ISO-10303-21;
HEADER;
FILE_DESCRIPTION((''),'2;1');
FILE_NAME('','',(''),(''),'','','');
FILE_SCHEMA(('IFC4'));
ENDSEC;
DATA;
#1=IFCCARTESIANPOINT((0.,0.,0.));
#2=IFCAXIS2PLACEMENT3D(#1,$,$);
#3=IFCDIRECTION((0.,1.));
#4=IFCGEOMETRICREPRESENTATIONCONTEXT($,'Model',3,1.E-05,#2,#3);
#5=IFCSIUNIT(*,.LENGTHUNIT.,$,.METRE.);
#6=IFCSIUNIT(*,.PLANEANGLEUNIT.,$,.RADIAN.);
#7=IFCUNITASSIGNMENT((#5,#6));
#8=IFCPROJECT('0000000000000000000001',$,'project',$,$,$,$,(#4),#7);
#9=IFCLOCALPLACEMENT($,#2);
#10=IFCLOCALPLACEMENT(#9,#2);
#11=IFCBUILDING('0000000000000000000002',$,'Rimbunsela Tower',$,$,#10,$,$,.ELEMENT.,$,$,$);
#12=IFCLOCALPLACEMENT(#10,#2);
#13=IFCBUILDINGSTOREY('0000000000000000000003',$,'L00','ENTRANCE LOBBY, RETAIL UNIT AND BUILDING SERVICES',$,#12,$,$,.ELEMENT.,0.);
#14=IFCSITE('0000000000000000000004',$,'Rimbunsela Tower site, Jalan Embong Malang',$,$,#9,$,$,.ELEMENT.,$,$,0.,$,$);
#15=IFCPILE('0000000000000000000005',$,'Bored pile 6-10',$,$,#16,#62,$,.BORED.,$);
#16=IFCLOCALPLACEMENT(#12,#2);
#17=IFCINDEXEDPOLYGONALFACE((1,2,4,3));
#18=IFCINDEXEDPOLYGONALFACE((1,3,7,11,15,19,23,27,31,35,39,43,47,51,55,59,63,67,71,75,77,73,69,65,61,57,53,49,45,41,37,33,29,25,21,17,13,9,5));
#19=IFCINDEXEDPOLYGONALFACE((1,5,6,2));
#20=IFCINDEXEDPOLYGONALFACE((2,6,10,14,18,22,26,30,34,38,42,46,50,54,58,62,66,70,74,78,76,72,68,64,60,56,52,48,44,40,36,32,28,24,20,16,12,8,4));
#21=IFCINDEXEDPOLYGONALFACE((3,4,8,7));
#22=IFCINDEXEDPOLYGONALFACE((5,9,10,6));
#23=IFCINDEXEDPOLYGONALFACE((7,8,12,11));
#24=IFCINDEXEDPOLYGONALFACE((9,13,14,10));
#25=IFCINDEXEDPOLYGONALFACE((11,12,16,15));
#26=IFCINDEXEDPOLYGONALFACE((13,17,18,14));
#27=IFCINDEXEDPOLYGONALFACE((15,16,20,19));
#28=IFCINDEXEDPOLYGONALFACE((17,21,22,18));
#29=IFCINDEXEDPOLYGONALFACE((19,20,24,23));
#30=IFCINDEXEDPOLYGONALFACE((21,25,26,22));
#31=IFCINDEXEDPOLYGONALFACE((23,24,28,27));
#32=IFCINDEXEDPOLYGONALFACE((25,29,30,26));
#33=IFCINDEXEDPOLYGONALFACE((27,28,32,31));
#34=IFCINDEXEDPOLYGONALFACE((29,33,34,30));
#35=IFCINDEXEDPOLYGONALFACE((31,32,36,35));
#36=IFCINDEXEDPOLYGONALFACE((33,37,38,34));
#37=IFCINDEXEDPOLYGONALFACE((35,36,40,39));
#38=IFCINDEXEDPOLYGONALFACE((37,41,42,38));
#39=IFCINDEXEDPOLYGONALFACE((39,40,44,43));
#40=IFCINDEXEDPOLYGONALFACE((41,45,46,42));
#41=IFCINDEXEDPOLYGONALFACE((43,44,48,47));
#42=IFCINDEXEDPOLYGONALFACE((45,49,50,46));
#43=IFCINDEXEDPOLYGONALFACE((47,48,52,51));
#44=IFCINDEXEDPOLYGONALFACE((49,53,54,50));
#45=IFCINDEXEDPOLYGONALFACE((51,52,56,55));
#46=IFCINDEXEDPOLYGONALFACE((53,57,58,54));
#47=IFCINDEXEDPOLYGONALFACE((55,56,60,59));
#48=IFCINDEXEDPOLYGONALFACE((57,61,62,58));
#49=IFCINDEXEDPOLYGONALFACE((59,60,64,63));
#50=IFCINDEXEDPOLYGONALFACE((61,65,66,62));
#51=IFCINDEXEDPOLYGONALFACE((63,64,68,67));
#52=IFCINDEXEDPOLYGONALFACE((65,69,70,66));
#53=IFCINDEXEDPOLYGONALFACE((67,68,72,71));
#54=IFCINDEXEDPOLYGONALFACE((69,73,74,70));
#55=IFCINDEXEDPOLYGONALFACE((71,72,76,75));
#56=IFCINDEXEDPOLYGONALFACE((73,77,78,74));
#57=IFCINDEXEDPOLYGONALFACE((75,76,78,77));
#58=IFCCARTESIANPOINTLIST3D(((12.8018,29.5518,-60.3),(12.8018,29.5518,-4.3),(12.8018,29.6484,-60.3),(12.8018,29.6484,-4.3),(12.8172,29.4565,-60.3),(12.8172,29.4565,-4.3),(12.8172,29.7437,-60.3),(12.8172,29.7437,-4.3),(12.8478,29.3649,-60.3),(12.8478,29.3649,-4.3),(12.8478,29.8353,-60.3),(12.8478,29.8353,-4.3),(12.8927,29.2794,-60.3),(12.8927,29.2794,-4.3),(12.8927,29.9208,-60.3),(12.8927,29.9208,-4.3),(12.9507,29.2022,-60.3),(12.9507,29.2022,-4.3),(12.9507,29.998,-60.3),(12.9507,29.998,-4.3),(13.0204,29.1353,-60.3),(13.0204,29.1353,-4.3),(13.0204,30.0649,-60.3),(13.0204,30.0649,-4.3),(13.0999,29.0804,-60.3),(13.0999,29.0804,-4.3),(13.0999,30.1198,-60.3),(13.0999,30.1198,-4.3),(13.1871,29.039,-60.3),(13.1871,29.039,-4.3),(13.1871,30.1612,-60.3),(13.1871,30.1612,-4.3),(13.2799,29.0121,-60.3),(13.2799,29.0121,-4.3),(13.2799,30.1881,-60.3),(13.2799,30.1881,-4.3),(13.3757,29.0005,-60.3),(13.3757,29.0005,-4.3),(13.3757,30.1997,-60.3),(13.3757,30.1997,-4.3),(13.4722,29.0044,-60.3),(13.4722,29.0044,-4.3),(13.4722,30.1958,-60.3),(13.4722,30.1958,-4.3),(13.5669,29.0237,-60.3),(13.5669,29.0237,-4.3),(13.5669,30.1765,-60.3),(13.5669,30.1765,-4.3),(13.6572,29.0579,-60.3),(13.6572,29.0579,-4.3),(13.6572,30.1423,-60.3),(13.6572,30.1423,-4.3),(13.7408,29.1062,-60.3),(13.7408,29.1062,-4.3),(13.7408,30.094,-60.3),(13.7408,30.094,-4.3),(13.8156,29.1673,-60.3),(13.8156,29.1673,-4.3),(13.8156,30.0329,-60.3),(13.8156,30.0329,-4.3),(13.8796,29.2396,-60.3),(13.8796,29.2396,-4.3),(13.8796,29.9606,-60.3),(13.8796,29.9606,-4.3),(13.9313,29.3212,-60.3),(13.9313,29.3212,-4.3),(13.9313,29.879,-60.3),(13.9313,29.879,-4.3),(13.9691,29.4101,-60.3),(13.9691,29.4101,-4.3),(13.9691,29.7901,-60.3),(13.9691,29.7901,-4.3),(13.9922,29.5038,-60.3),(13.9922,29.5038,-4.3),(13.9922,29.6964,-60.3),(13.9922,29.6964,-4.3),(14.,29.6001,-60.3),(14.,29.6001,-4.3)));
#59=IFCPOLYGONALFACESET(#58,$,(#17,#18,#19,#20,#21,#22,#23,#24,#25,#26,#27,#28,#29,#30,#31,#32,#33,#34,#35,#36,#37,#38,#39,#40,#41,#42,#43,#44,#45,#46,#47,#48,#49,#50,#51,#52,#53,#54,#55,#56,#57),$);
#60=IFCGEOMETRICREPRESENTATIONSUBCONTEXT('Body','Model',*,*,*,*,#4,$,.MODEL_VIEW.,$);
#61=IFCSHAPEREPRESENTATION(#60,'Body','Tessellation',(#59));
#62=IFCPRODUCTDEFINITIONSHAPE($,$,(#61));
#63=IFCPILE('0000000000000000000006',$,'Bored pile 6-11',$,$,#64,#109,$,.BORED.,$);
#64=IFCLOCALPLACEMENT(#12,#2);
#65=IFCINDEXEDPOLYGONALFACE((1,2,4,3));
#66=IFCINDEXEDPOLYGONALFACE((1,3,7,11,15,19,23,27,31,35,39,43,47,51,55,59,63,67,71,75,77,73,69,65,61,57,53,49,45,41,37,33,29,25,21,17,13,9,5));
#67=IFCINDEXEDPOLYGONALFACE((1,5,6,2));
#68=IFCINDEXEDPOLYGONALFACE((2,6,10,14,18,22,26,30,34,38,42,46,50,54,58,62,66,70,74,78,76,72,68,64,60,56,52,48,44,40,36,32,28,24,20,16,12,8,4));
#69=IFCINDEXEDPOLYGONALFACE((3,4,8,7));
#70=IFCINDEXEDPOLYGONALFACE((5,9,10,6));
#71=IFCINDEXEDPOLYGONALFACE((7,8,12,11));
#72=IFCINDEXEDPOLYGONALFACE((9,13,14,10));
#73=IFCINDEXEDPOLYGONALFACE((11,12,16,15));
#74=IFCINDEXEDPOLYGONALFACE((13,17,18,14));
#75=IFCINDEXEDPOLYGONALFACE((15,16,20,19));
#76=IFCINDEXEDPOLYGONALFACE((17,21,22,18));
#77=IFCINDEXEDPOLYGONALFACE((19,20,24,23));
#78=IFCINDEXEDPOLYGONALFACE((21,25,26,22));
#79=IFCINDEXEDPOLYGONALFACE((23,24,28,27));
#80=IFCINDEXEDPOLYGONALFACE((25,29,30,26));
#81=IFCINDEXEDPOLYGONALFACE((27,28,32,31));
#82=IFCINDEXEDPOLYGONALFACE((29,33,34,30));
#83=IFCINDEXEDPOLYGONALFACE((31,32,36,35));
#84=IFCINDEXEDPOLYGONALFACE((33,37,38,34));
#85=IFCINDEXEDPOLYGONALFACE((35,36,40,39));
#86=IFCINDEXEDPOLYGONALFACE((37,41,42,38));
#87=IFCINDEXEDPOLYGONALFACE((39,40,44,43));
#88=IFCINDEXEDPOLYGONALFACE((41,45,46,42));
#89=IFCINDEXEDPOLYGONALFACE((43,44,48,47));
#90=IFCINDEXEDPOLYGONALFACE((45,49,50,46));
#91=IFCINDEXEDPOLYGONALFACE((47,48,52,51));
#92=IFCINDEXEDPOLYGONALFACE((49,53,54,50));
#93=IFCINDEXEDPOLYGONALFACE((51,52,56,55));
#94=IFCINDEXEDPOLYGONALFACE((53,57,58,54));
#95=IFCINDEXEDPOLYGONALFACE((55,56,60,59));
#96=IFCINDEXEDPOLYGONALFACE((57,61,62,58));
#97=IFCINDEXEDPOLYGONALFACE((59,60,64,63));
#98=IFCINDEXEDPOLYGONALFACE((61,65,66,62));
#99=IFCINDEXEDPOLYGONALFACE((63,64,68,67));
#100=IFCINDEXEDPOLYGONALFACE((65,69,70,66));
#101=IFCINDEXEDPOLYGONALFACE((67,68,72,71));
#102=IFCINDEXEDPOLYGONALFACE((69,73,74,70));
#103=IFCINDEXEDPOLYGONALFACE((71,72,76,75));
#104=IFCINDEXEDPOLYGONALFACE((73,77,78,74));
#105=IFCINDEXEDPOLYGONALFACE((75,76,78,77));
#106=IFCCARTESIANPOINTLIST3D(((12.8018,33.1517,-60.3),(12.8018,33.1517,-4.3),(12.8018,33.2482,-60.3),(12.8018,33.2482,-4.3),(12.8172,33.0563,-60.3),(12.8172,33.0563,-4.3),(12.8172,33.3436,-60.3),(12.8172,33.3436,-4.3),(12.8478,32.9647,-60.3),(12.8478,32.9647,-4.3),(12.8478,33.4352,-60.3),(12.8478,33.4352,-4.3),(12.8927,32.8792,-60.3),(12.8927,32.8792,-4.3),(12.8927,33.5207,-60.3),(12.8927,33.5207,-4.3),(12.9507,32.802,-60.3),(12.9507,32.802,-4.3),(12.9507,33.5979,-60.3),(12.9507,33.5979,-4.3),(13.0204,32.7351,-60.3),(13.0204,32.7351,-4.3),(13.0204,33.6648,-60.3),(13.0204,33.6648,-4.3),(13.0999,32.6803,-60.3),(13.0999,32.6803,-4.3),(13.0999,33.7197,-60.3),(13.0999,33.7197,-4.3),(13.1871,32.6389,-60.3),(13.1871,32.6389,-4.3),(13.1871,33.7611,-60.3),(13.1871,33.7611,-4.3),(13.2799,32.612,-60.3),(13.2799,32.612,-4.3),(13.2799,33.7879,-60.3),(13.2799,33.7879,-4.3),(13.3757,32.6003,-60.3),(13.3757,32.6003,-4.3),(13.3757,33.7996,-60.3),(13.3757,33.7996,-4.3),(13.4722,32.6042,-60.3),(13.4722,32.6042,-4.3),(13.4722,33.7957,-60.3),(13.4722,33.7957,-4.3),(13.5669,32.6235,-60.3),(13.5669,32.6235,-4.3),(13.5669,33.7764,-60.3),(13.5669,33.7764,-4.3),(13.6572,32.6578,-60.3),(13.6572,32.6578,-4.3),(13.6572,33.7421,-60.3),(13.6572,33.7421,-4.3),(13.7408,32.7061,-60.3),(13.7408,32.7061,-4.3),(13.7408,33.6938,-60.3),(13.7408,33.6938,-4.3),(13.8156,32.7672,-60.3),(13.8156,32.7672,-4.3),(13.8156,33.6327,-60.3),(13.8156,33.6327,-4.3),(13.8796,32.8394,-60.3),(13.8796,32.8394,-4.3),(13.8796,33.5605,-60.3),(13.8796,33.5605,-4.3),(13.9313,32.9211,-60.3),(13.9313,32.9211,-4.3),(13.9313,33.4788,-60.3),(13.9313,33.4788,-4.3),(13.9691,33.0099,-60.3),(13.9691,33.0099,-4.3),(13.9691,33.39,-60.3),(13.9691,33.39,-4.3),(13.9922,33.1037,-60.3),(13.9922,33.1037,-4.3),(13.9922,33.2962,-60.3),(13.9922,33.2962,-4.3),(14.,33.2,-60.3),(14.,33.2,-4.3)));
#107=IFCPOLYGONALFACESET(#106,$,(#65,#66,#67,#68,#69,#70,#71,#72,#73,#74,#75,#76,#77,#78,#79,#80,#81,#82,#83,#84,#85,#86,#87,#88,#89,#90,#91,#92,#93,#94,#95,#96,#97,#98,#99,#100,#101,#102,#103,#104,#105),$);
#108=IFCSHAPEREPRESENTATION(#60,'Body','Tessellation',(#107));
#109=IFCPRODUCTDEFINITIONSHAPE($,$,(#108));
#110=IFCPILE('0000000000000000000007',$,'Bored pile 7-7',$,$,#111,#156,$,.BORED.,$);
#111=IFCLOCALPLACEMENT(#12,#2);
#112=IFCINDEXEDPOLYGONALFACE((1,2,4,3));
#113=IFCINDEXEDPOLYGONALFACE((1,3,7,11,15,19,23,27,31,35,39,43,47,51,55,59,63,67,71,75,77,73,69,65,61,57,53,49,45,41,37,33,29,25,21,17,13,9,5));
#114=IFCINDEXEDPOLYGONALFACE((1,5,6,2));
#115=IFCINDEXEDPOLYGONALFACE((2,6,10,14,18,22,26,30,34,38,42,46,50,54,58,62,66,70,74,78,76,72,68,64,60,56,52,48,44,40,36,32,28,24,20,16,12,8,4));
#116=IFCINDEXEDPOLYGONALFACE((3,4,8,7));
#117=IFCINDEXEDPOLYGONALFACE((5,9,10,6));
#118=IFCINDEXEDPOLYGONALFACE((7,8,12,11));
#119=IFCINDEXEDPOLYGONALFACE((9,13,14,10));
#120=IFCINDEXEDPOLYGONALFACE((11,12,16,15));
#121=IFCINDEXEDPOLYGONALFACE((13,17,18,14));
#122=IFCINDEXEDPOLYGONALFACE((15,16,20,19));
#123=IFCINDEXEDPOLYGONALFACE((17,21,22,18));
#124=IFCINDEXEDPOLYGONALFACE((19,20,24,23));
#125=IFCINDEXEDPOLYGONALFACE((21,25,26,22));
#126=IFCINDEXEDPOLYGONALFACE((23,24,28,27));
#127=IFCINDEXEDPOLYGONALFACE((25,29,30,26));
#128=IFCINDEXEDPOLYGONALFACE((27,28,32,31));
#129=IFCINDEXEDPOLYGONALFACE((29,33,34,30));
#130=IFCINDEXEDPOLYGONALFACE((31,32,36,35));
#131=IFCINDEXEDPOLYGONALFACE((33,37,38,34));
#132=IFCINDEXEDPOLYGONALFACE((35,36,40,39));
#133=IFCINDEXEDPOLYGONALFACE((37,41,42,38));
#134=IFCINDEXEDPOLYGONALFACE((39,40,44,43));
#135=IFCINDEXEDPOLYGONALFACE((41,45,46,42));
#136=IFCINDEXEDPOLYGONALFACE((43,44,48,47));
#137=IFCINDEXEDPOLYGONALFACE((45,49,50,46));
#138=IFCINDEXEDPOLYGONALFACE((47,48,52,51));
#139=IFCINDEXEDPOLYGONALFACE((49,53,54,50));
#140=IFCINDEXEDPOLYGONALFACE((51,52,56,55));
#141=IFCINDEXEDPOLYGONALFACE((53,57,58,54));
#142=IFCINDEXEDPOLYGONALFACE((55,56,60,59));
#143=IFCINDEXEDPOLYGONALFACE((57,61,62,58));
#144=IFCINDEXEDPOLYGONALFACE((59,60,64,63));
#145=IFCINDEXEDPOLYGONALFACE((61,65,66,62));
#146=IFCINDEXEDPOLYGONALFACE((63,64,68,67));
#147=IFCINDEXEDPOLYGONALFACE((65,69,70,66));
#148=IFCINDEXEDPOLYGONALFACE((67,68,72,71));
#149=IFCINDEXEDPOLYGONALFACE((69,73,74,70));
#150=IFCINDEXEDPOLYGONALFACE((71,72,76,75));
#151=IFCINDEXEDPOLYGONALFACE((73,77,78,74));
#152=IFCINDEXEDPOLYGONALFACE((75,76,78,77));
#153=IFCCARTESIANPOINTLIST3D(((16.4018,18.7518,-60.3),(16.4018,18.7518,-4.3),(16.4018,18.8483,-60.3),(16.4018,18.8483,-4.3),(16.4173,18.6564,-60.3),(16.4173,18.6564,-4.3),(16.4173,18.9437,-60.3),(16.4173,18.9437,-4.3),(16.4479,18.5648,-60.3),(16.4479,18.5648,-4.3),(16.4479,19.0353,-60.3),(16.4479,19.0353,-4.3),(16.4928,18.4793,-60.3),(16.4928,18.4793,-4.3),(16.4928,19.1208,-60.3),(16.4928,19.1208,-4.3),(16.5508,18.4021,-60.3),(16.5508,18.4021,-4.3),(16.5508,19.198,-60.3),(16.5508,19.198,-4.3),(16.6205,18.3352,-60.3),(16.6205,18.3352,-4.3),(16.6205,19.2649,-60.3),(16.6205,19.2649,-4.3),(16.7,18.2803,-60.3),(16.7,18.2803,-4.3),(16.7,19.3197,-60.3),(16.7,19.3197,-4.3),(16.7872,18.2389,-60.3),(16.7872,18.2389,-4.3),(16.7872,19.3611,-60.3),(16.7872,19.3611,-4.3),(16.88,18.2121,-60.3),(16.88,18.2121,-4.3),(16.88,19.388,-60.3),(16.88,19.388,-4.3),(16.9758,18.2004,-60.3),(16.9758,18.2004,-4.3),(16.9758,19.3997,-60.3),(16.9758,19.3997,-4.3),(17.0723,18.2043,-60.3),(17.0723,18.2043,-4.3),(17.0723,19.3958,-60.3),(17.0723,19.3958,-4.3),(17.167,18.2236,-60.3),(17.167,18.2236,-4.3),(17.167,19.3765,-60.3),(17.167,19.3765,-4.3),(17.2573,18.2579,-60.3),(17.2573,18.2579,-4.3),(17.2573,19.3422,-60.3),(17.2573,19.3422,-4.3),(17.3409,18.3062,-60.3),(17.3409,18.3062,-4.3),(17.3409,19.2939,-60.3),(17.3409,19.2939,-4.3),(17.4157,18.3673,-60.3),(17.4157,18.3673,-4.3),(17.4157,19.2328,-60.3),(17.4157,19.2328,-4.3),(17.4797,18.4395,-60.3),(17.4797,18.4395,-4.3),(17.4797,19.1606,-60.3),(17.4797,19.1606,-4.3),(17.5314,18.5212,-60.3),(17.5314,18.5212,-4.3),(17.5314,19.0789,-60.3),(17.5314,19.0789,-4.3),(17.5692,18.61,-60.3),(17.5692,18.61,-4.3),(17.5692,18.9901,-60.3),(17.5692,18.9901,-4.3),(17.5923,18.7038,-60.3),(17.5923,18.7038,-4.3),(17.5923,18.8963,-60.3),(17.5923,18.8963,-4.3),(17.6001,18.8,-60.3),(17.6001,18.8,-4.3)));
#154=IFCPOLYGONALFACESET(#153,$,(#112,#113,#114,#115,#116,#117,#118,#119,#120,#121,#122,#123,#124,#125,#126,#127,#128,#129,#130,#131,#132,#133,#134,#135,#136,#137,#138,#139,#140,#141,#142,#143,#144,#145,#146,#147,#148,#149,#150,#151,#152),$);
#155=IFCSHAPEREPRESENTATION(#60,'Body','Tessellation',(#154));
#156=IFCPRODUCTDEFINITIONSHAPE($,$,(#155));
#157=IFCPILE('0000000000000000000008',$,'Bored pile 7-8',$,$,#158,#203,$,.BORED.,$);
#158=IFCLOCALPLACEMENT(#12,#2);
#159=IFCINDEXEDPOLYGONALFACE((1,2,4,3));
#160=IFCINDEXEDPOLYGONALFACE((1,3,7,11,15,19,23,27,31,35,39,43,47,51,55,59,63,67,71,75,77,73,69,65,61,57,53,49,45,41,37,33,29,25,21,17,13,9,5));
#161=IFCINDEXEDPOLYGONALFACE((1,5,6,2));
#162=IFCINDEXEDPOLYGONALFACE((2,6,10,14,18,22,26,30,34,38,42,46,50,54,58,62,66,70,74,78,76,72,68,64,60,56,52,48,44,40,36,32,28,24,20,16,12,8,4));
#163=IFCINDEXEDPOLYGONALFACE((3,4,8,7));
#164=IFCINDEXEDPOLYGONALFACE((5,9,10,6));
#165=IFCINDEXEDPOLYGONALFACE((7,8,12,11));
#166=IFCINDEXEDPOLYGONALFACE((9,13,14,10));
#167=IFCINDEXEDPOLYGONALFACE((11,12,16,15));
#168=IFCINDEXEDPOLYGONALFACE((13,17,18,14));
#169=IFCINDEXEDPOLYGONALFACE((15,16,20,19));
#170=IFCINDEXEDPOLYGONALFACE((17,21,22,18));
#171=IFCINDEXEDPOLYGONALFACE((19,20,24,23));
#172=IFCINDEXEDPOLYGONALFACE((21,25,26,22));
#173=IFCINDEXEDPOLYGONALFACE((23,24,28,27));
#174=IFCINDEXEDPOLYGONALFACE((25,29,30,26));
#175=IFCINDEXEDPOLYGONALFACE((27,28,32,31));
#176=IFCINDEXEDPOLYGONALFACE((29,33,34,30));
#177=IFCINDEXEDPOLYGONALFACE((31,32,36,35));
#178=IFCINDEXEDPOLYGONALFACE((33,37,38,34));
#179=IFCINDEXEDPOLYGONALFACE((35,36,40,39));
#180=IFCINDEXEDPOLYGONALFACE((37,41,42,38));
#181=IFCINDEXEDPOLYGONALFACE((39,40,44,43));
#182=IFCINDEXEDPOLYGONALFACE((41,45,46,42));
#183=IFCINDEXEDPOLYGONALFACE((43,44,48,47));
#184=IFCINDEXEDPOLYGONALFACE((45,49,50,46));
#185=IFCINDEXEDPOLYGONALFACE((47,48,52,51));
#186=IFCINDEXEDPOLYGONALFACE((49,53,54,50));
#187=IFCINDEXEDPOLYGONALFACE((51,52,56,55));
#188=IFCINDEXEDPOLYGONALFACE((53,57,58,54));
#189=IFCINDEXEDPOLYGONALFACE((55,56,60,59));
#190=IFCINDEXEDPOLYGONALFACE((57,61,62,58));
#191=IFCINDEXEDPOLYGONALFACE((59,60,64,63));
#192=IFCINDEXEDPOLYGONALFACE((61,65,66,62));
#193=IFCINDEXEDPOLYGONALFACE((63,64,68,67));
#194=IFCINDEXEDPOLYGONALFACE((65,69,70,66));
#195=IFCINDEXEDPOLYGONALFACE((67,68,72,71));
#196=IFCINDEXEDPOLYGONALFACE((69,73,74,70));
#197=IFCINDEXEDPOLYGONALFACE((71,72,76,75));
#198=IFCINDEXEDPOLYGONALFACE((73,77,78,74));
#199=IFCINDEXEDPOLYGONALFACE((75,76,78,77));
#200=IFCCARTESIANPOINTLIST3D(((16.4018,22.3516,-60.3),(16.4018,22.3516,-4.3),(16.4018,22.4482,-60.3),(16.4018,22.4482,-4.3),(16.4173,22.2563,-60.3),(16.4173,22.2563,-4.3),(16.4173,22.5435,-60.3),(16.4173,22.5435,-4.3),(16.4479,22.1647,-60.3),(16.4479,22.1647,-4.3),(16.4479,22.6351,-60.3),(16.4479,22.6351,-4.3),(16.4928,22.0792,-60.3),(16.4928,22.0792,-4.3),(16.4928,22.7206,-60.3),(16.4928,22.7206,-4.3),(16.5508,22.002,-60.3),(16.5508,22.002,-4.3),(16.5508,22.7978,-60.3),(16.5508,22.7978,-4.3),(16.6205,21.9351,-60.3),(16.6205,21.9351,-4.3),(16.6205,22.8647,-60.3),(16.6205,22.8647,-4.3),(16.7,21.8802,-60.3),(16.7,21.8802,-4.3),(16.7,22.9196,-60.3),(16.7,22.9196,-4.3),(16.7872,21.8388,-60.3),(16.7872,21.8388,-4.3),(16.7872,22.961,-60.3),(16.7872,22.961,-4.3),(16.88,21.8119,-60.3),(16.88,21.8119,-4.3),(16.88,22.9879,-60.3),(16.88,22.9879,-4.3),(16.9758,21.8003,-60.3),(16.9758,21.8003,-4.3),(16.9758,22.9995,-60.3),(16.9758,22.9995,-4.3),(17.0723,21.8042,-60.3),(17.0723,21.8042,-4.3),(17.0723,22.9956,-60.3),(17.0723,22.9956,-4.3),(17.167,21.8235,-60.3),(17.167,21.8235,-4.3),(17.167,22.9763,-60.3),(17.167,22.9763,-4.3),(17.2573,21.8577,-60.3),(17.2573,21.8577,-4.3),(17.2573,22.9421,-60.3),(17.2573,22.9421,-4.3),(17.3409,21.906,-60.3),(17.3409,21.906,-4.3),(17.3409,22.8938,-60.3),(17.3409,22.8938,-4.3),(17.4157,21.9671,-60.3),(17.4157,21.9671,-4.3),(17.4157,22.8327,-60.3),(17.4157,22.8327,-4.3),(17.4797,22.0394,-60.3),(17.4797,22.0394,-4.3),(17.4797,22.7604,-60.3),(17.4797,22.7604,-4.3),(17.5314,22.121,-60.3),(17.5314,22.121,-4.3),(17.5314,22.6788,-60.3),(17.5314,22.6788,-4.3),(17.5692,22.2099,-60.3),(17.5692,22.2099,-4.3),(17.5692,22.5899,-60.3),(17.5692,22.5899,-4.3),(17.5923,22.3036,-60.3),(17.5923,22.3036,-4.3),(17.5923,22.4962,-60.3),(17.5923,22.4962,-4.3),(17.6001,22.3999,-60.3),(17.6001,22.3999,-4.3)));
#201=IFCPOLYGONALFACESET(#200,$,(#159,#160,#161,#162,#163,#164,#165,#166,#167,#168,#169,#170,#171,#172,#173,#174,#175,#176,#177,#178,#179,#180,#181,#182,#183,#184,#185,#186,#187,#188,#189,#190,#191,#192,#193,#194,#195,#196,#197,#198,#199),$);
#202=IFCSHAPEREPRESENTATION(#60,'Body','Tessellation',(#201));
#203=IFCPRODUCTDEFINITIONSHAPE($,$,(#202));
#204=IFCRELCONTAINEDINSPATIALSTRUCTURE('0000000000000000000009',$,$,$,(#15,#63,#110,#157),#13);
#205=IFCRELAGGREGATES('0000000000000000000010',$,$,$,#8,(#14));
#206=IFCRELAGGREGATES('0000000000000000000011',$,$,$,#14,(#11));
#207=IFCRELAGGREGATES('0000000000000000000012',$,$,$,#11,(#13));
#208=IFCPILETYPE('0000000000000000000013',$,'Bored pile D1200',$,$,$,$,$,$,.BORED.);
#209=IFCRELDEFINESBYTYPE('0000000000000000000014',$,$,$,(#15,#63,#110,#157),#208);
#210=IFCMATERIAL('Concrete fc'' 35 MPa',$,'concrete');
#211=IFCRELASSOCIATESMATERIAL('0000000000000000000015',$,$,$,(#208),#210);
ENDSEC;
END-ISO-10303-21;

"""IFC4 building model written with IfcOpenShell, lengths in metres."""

from ifc_helpers import new_model, si_unit, direction, frame, origin, origin_2d, place, context, subcontext, project, spatial, circle, extrude, material, material_profile, profile_set, type_object, element, save


model = new_model("IFC4")

# Units and contexts
model_context = context("Model", 3, precision=1e-05, world=origin(), true_north=direction((0.0, 1.0)))
body_context = subcontext(model_context, "Body", "Model", "MODEL_VIEW")
ifc_project = project(units=[si_unit("LENGTHUNIT", "METRE"), si_unit("PLANEANGLEUNIT", "RADIAN")], contexts=[model_context])

# Site, building, storey
site_placement = place(None, origin())
site = spatial("IfcSite", under=ifc_project, at=site_placement, Name="Rimbunsela Tower site, Jalan Embong Malang", CompositionType="ELEMENT", RefElevation=0.0)
building_placement = place(site_placement, origin())
building = spatial("IfcBuilding", under=site, at=building_placement, Name="Rimbunsela Tower", CompositionType="ELEMENT")
storey_placement = place(building_placement, origin())
storey = spatial("IfcBuildingStorey", under=building, at=storey_placement, Name="L00", Description="ENTRANCE LOBBY, RETAIL UNIT AND BUILDING SERVICES", CompositionType="ELEMENT", Elevation=0.0)

# Piles
ifc_material_1 = material(Name="Concrete fc' 35 MPa", Category="concrete")
ifc_material_profile_1 = material_profile(ifc_material_1, circle(Radius=0.6001, at=origin_2d()), Name="BP D1200")
ifc_profile_set_1 = profile_set([ifc_material_profile_1], Name="Concrete fc' 35 MPa")
pile_type = type_object("IfcPileType", Name="Bored pile D1200", PredefinedType="BORED", material=ifc_profile_set_1)
for number, where, z_axis, x_axis, name in (
    (1, (13.3999, 29.6001, -4.3), (0.0, 0.0, -1.0), (1.0, 0.0, 0.0), "Bored pile 6-10"),
    (2, (13.3999, 33.2, -4.3), (0.0, 0.0, -1.0), (1.0, 0.0, 0.0), "Bored pile 6-11"),
    (3, (17.0, 18.8, -4.3), (0.0, 0.0, -1.0), (1.0, 0.0, 0.0), "Bored pile 7-7"),
    (4, (17.0, 22.3999, -4.3), (0.0, 0.0, -1.0), (1.0, 0.0, 0.0), "Bored pile 7-8"),
):
    element("IfcPile", number, at=place(storey_placement, frame(where, z_axis=z_axis, x_axis=x_axis)), inside=storey, type_object=pile_type, Name=name, PredefinedType="BORED", context=body_context, shape_type="SweptSolid", body=[
        extrude(circle(Radius=0.6001, at=origin_2d()), origin(), (0.0, 0.0, 1.0), 56.0),
    ])

save(model, "model.ifc")
